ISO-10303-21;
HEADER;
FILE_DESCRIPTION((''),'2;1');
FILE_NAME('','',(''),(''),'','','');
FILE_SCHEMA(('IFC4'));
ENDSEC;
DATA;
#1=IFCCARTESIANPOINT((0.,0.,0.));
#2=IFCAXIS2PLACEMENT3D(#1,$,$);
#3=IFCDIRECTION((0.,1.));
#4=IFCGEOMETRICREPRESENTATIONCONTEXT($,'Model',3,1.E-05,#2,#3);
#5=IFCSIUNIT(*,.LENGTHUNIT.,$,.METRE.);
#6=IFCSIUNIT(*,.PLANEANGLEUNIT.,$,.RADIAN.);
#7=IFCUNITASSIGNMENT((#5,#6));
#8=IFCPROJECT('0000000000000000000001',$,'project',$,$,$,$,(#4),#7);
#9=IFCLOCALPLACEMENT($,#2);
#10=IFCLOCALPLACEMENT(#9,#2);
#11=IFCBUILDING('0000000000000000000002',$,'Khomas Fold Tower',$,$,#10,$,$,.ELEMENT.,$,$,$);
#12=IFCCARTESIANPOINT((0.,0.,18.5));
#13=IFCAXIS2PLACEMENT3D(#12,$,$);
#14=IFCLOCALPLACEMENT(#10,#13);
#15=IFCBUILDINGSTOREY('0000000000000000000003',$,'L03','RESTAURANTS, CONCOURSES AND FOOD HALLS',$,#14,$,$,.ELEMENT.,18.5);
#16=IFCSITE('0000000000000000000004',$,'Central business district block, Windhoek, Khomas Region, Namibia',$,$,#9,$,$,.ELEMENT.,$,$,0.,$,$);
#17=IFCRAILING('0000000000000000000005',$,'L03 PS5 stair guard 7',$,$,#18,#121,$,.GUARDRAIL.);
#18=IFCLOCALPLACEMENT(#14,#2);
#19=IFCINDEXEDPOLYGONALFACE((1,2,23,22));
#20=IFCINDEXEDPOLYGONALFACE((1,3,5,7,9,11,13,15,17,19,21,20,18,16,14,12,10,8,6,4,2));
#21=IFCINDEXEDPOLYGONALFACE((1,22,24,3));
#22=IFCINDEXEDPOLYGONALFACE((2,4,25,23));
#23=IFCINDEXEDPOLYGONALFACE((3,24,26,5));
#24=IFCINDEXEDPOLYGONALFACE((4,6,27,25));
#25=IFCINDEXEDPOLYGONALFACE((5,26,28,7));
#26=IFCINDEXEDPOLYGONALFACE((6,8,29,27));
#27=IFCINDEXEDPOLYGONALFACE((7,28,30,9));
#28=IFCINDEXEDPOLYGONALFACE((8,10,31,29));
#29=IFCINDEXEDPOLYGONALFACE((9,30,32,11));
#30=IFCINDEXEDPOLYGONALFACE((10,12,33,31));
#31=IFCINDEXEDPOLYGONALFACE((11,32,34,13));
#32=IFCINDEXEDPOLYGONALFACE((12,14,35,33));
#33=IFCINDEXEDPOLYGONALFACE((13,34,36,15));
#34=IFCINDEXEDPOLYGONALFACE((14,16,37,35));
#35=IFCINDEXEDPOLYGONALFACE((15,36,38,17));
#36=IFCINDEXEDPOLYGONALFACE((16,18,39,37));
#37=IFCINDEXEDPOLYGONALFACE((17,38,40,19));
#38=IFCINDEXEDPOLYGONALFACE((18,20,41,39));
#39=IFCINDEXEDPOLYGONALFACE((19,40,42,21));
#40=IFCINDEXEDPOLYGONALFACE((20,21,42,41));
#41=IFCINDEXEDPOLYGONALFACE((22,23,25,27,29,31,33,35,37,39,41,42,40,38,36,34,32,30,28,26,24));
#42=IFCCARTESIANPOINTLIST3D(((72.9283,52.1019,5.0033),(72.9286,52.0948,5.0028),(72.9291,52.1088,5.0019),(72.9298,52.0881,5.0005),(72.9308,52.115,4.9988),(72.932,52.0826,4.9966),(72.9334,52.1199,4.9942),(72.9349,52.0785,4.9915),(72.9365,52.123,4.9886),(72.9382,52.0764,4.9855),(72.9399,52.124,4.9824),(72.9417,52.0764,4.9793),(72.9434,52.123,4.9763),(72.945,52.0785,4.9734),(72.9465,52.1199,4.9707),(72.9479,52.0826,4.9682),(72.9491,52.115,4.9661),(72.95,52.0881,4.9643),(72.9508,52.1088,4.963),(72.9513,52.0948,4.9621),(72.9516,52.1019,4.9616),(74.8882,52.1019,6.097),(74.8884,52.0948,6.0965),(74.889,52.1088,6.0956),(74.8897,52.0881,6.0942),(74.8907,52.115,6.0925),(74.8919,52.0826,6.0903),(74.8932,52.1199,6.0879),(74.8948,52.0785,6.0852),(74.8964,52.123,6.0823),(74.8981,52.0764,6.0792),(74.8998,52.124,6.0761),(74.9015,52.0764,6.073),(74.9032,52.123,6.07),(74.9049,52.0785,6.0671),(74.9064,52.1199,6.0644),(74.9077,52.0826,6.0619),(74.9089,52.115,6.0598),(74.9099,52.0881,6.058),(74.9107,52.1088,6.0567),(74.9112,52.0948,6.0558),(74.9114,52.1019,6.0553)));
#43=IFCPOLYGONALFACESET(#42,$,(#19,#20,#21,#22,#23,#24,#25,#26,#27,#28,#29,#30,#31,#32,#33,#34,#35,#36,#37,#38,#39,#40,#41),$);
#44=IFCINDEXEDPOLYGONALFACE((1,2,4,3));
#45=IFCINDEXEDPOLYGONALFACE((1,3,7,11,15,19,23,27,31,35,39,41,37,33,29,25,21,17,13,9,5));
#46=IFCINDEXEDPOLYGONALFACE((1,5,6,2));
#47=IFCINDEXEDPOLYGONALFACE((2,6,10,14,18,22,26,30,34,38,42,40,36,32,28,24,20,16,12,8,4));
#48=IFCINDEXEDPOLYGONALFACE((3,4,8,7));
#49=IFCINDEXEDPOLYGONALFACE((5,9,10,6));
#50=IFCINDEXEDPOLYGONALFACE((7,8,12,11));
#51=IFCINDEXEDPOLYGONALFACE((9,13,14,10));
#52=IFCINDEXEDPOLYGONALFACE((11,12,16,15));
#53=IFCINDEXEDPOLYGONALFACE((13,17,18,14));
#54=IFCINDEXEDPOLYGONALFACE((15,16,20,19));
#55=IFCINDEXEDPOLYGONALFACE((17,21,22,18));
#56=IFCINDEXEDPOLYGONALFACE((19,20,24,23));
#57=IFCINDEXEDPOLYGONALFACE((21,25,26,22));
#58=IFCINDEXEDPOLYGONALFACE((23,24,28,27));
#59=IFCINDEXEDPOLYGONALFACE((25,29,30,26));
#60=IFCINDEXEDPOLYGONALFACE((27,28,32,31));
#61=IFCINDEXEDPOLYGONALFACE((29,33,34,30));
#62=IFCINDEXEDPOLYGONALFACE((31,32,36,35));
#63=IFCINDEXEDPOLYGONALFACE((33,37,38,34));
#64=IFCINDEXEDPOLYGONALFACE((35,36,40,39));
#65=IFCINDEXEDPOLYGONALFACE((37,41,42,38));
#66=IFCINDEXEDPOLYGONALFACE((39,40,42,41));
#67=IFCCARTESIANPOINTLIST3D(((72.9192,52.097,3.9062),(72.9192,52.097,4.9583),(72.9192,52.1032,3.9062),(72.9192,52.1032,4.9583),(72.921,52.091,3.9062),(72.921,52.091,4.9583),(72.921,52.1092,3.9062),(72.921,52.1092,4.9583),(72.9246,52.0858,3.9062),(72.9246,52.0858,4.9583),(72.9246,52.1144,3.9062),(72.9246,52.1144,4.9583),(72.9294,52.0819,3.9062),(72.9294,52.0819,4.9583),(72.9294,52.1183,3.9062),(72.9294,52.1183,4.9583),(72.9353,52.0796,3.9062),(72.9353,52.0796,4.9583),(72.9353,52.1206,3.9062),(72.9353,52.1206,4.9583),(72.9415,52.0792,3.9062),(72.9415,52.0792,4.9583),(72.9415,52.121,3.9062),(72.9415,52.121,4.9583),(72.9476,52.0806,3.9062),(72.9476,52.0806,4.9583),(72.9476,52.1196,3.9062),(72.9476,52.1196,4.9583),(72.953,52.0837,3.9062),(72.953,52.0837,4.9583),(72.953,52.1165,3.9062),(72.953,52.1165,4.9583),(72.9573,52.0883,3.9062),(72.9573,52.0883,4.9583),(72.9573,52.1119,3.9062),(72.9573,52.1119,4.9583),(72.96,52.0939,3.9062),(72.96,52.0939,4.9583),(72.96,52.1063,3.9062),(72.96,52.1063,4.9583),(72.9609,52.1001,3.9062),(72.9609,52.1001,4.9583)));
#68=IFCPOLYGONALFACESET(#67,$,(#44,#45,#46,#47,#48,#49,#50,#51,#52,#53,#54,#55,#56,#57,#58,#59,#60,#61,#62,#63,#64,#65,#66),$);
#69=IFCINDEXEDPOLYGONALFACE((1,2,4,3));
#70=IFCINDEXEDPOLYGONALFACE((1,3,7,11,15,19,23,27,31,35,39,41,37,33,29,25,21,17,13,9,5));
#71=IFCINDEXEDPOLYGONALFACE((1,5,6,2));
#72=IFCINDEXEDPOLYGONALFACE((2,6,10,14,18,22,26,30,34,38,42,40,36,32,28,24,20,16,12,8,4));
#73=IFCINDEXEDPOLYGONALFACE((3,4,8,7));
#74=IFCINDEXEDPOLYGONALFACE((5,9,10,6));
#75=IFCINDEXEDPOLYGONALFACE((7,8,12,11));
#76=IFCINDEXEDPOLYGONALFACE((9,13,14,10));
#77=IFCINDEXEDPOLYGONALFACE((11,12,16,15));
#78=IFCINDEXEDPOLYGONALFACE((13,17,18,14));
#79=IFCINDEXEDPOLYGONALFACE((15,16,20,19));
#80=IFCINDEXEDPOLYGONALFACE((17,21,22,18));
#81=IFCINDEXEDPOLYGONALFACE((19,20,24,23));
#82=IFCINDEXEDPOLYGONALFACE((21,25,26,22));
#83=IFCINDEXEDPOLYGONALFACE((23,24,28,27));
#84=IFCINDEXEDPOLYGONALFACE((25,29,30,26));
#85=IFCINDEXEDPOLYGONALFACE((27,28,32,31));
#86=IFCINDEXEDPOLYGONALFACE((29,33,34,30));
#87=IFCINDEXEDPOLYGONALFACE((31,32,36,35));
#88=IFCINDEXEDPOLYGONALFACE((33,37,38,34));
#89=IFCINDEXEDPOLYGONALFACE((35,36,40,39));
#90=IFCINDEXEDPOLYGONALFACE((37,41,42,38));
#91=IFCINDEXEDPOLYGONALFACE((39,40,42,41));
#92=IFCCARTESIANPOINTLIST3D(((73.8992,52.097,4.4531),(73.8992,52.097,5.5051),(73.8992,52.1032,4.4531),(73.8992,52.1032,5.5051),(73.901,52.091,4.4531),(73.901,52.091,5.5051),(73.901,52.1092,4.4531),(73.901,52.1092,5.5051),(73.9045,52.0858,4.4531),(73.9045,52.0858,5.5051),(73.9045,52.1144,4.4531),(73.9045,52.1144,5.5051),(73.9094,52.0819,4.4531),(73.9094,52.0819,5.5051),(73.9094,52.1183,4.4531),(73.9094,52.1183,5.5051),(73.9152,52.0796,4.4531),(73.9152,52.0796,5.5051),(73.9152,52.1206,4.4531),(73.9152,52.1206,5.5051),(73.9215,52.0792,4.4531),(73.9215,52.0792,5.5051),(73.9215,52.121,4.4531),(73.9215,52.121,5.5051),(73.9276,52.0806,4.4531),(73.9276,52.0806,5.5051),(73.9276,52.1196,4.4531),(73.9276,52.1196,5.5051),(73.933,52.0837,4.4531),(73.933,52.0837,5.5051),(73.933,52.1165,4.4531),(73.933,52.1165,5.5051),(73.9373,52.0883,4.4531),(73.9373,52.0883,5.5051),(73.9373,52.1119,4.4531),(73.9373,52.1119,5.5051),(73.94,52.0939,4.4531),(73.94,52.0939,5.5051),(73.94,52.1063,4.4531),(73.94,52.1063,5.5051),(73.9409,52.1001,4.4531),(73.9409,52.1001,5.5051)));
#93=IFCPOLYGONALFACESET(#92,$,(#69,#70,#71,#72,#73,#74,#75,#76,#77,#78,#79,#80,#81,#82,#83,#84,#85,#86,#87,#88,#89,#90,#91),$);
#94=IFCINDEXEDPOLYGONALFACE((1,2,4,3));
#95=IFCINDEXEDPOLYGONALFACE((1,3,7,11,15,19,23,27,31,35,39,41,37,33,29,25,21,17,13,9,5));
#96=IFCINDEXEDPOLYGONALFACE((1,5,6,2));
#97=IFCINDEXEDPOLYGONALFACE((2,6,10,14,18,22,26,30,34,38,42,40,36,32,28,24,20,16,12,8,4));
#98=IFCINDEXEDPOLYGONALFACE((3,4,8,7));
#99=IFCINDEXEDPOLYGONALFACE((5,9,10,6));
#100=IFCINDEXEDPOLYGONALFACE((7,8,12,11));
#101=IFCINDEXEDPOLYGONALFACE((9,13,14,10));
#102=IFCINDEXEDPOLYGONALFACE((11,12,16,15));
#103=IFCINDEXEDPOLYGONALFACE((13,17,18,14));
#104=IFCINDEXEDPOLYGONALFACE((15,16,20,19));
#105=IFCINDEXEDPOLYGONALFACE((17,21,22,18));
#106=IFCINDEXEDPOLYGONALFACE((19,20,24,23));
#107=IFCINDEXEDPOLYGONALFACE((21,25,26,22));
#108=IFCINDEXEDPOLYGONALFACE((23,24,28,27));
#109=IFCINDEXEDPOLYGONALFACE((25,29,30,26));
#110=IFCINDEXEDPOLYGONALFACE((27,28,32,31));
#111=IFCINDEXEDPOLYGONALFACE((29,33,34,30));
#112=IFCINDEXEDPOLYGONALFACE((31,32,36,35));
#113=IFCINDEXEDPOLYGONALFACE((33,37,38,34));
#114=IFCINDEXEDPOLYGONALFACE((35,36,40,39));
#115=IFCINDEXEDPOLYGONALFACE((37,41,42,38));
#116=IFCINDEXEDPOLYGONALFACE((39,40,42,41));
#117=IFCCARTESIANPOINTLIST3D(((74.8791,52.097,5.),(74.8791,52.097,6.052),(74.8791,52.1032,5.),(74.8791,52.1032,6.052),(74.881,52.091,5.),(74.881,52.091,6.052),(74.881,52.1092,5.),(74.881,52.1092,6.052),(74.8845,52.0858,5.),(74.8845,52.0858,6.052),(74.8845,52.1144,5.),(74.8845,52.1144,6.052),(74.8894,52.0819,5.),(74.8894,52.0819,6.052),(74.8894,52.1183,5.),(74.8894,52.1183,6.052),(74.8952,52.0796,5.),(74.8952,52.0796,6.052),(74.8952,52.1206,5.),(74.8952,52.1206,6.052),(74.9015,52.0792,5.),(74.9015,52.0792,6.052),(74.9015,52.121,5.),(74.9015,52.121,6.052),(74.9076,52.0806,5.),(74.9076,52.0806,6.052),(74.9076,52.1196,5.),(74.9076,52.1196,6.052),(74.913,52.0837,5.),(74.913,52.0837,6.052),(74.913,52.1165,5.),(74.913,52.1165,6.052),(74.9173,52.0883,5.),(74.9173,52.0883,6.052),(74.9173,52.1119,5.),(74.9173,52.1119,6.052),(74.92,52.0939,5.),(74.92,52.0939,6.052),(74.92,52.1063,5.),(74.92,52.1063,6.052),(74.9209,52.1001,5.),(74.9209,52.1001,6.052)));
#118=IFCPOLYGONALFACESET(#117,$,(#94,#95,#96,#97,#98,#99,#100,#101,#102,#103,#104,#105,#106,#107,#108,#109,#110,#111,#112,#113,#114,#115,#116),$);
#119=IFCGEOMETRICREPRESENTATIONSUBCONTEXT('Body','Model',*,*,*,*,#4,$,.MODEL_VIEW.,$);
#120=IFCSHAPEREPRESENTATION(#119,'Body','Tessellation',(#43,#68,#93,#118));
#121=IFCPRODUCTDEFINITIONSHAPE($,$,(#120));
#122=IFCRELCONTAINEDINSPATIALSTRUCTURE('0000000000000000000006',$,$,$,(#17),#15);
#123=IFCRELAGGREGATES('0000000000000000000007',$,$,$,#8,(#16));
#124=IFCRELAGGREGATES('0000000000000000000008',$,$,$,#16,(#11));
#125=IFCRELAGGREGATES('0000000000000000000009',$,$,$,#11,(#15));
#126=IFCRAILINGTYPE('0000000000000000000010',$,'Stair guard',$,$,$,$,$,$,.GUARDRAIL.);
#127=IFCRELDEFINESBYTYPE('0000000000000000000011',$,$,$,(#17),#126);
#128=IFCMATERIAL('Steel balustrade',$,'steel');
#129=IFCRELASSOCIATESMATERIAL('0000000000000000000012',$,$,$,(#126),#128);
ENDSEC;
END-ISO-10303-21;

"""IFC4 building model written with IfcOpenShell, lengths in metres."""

from ifc_helpers import new_model, si_unit, direction, frame, origin, origin_2d, place, context, subcontext, project, spatial, circle, extrude, source, transform, mapped, material, type_object, element, save


model = new_model("IFC4")

# Units and contexts
model_context = context("Model", 3, precision=1e-05, world=origin(), true_north=direction((0.0, 1.0)))
body_context = subcontext(model_context, "Body", "Model", "MODEL_VIEW")
ifc_project = project(units=[si_unit("LENGTHUNIT", "METRE"), si_unit("PLANEANGLEUNIT", "RADIAN")], contexts=[model_context])

# Site, building, storey
site_placement = place(None, origin())
site = spatial("IfcSite", under=ifc_project, at=site_placement, Name="Central business district block, Windhoek, Khomas Region, Namibia", CompositionType="ELEMENT", RefElevation=0.0)
building_placement = place(site_placement, origin())
building = spatial("IfcBuilding", under=site, at=building_placement, Name="Khomas Fold Tower", CompositionType="ELEMENT")
storey_placement = place(building_placement, frame((0.0, 0.0, 18.5)))
storey = spatial("IfcBuildingStorey", under=building, at=storey_placement, Name="L03", Description="RESTAURANTS, CONCOURSES AND FOOD HALLS", CompositionType="ELEMENT", Elevation=18.5)

# Railing
ifc_material_1 = material(Name="Steel balustrade", Category="steel")
railing_type_1 = type_object("IfcRailingType", Name="Stair guard", PredefinedType="GUARDRAIL", material=ifc_material_1)
shared_shape_1 = source(origin(), body_context, "Body", "SweptSolid", [
    extrude(circle(Radius=0.0239, at=origin_2d()), frame((0.0, 0.0, 1.0762), z_axis=(0.873232, 0.0, 0.487304), x_axis=(0.0, 1.0, 0.0)), (0.0, 0.0, 1.0), 2.2444),
    extrude(circle(Radius=0.021, at=origin_2d()), origin(), (0.0, 0.0, 1.0), 1.052),
    extrude(circle(Radius=0.021, at=origin_2d()), frame((0.98, 0.0, 0.5469)), (0.0, 0.0, 1.0), 1.052),
    extrude(circle(Radius=0.021, at=origin_2d()), frame((1.96, 0.0, 1.0938)), (0.0, 0.0, 1.0), 1.052),
])
for number, where, name in (
    (1, (72.9399, 52.1001, 3.9062), "L03 PS5 stair guard 7"),
):
    element("IfcRailing", number, at=place(storey_placement, frame(where)), inside=storey, type_object=railing_type_1, Name=name, PredefinedType="GUARDRAIL", context=body_context, shape_type="MappedRepresentation", body=[
        mapped(shared_shape_1, transform((0.0, 0.0, 0.0))),
    ])

save(model, "model.ifc")
